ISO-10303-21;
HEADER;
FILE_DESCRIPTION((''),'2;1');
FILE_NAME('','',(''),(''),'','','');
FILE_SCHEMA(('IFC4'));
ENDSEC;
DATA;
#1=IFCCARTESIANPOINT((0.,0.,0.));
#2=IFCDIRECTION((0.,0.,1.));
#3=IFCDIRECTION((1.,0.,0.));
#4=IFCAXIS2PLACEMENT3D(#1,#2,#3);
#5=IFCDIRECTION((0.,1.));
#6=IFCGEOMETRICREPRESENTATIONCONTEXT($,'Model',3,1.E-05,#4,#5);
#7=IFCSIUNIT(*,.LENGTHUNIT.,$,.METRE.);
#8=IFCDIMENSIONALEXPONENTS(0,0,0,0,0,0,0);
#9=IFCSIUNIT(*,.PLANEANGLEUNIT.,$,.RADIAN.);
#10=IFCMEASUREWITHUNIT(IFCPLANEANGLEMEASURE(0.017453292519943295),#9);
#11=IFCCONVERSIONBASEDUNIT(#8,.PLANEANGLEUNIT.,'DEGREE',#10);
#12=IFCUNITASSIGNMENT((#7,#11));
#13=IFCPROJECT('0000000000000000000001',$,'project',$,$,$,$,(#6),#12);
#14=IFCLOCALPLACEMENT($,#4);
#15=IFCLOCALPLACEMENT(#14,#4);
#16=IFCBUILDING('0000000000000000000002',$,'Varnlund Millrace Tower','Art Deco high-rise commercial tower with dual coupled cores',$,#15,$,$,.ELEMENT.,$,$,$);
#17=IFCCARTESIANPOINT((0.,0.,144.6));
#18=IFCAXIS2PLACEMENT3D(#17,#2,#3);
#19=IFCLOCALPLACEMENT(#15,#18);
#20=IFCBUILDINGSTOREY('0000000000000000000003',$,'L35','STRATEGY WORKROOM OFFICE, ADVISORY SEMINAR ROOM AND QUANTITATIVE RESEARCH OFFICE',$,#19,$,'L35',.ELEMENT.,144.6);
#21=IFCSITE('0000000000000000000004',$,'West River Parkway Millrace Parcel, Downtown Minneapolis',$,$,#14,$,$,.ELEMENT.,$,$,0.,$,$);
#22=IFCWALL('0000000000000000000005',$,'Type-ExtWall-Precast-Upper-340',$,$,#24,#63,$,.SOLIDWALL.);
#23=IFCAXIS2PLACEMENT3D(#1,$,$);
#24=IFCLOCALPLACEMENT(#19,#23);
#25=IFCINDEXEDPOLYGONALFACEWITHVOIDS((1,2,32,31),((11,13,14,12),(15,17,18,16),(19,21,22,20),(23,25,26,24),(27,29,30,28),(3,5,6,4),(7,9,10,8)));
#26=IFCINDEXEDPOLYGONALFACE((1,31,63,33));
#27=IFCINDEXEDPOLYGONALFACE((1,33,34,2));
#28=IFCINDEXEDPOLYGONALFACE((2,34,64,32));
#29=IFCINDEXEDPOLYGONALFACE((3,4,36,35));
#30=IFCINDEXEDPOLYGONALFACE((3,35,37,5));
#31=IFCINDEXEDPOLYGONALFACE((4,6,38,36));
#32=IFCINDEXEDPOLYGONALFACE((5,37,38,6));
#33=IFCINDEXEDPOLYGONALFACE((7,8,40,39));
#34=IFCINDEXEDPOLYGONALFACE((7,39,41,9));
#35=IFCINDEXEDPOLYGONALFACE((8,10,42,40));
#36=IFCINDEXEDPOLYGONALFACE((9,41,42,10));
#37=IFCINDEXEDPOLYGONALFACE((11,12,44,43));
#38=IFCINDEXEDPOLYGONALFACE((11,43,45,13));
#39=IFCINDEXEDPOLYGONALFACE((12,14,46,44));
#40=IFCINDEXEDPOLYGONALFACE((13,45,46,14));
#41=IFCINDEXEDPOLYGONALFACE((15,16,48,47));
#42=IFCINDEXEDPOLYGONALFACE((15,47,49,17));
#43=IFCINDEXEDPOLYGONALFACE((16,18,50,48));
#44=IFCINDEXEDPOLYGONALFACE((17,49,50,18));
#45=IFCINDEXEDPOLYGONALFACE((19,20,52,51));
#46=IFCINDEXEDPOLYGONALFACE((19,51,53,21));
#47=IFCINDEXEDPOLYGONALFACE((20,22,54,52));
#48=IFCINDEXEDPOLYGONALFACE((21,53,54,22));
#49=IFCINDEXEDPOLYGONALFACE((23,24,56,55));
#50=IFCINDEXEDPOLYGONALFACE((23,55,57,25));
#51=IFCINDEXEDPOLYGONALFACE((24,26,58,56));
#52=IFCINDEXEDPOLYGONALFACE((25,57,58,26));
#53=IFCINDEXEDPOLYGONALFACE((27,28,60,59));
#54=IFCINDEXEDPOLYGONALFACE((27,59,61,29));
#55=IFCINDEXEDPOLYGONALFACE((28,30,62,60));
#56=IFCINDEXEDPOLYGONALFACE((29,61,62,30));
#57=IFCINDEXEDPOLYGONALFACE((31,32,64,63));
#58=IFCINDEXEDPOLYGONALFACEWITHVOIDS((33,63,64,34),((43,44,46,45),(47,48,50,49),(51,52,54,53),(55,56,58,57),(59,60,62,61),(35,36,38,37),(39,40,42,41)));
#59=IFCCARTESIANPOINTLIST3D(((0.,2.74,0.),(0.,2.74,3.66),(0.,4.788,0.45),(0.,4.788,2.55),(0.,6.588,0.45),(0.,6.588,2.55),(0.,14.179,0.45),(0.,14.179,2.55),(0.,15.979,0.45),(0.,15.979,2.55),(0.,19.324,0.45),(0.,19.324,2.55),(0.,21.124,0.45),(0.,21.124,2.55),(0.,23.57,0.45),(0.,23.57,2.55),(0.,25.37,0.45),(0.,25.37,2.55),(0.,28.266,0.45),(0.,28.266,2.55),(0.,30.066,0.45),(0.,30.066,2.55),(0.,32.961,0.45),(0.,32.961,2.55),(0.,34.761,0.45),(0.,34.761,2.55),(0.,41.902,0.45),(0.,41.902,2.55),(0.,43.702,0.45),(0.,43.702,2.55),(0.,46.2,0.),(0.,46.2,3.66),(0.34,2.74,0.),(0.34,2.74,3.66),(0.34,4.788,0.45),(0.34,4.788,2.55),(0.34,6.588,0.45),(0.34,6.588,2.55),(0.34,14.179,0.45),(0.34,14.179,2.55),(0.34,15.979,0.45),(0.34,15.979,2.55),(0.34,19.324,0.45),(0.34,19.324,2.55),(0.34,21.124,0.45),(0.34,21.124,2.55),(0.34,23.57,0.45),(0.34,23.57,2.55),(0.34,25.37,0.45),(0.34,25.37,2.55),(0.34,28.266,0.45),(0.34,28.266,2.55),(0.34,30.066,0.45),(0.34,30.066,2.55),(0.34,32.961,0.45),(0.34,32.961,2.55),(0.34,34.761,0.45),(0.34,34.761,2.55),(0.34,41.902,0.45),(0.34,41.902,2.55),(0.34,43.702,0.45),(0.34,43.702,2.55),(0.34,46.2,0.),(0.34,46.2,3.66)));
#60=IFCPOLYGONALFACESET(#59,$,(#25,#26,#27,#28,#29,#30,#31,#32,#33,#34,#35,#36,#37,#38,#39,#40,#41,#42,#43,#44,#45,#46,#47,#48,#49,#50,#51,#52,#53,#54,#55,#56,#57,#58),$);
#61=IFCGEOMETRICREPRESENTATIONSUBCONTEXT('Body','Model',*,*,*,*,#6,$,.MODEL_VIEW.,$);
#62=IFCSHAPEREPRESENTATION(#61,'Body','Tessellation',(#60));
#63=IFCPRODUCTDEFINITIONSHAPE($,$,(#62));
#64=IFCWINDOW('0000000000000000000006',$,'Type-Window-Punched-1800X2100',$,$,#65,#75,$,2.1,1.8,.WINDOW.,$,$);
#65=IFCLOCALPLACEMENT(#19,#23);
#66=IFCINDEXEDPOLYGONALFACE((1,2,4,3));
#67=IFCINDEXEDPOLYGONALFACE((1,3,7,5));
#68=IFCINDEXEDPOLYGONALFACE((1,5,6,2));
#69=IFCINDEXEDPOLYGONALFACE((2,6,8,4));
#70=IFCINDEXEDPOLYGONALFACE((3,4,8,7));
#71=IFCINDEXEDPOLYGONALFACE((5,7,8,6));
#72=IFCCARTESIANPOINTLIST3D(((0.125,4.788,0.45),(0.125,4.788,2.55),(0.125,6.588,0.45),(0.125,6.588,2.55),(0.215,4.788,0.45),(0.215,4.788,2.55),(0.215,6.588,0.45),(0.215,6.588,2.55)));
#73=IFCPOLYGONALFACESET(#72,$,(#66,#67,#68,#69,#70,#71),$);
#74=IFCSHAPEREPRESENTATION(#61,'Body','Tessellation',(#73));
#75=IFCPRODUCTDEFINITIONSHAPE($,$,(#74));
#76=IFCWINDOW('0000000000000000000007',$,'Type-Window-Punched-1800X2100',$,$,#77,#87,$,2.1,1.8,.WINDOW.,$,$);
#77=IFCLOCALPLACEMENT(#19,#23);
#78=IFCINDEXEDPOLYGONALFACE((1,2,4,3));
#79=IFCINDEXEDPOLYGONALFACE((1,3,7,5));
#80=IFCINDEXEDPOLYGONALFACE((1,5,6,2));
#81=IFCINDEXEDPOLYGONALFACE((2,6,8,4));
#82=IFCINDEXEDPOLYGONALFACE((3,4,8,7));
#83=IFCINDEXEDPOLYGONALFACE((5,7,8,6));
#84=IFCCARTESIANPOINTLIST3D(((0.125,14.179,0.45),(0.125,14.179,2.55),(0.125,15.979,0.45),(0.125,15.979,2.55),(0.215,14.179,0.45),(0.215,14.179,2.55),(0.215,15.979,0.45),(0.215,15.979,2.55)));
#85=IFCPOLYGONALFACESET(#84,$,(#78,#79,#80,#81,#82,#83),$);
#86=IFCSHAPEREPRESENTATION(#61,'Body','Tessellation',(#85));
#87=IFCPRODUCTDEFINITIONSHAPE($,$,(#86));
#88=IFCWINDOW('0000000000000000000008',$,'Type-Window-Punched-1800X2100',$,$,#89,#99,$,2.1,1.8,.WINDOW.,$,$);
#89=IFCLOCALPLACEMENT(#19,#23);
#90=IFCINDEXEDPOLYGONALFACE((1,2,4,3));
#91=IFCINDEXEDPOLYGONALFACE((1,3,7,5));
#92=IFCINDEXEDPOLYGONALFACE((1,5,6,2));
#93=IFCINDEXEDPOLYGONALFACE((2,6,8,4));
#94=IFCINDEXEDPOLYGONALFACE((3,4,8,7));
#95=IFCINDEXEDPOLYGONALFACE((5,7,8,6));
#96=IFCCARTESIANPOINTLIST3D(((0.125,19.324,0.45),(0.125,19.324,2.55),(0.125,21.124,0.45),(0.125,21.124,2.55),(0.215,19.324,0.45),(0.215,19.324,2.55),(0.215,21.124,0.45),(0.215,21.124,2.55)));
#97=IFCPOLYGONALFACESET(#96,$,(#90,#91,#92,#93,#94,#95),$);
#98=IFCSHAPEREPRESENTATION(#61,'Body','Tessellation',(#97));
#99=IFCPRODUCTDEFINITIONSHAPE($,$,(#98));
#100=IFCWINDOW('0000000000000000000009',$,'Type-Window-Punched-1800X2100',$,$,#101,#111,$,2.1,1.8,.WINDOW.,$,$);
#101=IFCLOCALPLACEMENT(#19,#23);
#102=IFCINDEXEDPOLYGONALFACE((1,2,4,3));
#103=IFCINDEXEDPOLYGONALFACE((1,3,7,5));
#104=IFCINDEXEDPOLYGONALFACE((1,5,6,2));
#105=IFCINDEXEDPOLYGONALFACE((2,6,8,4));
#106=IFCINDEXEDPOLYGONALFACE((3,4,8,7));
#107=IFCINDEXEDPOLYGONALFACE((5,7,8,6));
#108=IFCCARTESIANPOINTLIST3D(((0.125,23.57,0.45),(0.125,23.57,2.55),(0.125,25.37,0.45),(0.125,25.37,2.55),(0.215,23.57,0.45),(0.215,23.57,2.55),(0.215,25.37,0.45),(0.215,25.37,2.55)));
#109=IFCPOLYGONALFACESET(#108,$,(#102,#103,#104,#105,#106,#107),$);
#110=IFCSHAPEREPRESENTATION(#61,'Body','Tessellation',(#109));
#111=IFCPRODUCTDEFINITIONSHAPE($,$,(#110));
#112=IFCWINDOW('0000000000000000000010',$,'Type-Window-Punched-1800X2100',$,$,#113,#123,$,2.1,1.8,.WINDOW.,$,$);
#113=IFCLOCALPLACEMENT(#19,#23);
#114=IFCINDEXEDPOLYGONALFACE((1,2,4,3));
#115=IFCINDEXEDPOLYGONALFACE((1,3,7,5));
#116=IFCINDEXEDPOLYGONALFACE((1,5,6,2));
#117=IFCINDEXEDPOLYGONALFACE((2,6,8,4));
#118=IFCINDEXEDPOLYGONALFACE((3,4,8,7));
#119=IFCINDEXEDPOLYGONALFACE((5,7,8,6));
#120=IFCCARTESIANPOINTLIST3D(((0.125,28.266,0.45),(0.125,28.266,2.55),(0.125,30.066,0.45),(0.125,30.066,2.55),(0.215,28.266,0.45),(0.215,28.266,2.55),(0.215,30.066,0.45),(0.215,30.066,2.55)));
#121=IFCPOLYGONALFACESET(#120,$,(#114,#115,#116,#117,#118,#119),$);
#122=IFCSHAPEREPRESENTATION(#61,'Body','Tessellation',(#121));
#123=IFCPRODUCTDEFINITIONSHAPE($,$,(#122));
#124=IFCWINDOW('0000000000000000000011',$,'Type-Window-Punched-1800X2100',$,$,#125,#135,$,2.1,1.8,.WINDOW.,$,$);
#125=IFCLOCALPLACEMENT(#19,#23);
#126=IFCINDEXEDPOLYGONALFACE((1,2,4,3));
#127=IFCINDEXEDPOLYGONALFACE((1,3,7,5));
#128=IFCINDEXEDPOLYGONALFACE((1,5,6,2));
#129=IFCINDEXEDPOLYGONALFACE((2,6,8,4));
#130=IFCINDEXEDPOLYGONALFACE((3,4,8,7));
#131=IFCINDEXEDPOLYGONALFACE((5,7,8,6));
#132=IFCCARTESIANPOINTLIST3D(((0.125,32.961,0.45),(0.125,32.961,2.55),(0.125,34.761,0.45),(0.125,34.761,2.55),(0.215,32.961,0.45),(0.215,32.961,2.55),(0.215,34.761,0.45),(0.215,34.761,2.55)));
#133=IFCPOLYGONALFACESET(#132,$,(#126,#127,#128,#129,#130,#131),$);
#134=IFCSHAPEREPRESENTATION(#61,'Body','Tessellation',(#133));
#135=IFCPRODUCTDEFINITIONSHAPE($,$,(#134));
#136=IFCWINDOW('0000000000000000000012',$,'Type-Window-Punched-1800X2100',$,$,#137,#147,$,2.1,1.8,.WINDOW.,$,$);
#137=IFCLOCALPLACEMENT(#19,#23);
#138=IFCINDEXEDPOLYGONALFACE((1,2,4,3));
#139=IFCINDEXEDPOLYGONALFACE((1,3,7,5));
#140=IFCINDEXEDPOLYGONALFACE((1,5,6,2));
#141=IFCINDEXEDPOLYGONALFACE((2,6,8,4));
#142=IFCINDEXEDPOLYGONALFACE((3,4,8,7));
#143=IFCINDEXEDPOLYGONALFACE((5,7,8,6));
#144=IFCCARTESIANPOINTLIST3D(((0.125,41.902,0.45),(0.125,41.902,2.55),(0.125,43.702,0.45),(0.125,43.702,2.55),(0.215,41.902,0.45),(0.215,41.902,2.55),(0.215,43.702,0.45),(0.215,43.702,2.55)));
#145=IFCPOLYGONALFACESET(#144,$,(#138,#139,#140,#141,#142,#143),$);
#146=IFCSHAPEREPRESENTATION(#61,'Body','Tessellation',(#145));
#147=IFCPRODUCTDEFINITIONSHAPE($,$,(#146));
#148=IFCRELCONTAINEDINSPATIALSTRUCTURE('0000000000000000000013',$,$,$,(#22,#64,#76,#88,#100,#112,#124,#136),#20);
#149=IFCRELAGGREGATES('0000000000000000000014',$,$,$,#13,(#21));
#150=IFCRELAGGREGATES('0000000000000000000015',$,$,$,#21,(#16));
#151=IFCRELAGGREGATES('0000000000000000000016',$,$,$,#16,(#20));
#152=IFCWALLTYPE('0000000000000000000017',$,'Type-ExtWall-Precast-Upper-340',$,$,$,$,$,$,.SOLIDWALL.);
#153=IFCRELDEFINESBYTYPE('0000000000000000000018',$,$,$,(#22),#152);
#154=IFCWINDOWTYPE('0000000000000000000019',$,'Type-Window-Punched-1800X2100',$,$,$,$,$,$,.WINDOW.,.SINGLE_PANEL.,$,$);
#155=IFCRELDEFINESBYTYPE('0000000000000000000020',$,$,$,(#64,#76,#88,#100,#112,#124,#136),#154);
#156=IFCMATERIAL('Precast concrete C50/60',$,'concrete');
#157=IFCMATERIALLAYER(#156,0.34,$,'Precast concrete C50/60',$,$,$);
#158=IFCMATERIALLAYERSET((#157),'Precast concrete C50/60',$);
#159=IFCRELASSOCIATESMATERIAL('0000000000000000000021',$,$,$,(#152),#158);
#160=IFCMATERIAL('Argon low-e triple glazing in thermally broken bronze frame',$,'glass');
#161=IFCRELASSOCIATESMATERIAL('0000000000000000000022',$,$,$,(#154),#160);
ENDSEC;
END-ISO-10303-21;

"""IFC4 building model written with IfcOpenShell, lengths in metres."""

from ifc_helpers import new_model, entity, si_unit, converted_unit, direction, frame, origin_with_axes, origin_2d_with_axis, place, context, subcontext, project, spatial, polyline, rectangle, outline, extrude, material, layer, layer_set, type_object, element, fill, save


model = new_model("IFC4")

# Units and contexts
model_context = context("Model", 3, precision=1e-05, world=origin_with_axes(), true_north=direction((0.0, 1.0)))
body_context = subcontext(model_context, "Body", "Model", "MODEL_VIEW")
ifc_project = project(units=[si_unit("LENGTHUNIT", "METRE"), converted_unit("PLANEANGLEUNIT", "DEGREE", entity("IfcPlaneAngleMeasure", 0.017453292519943295), si_unit("PLANEANGLEUNIT", "RADIAN"), dimensions=[0, 0, 0, 0, 0, 0, 0])], contexts=[model_context])

# Site, building, storey
site_placement = place(None, origin_with_axes())
site = spatial("IfcSite", under=ifc_project, at=site_placement, Name="West River Parkway Millrace Parcel, Downtown Minneapolis", CompositionType="ELEMENT", RefElevation=0.0)
building_placement = place(site_placement, origin_with_axes())
building = spatial("IfcBuilding", under=site, at=building_placement, Name="Varnlund Millrace Tower", Description="Art Deco high-rise commercial tower with dual coupled cores", CompositionType="ELEMENT")
storey_placement = place(building_placement, frame((0.0, 0.0, 144.6), z_axis=(0.0, 0.0, 1.0), x_axis=(1.0, 0.0, 0.0)))
storey = spatial("IfcBuildingStorey", under=building, at=storey_placement, Name="L35", Description="STRATEGY WORKROOM OFFICE, ADVISORY SEMINAR ROOM AND QUANTITATIVE RESEARCH OFFICE", LongName="L35", CompositionType="ELEMENT", Elevation=144.6)

# Shared definitions
ifc_material_1 = material(Name="Precast concrete C50/60", Category="concrete")
ifc_layer_1 = layer(ifc_material_1, 0.34, Name="Precast concrete C50/60")
ifc_layer_set_1 = layer_set([ifc_layer_1], Name="Precast concrete C50/60")
wall_type = type_object("IfcWallType", Name="Type-ExtWall-Precast-Upper-340", PredefinedType="SOLIDWALL", material=ifc_layer_set_1)

# Wall, openings, windows
wall_1_placement = place(storey_placement, frame((0.17, 2.74, 0.0), z_axis=(0.0, 0.0, 1.0), x_axis=(0.0, 1.0, 0.0)))
wall_1 = element("IfcWall", 1, at=wall_1_placement, inside=storey, type_object=wall_type, Name="Type-ExtWall-Precast-Upper-340", PredefinedType="SOLIDWALL", context=body_context, shape_type="SweptSolid", body=[
    extrude(outline(polyline([(0.0, -0.17), (43.46, -0.17), (43.46, 0.17), (0.0, 0.17), (0.0, -0.17)])), origin_with_axes(), (0.0, 0.0, 1.0), 3.66),
])
opening_1_placement = place(wall_1_placement, frame((2.948, 0.0, 0.45), z_axis=(0.0, 0.0, 1.0), x_axis=(1.0, 0.0, 0.0)))
opening_1 = element("IfcOpeningElement", 2, at=opening_1_placement, cuts=wall_1, PredefinedType="OPENING", context=body_context, shape_type="SweptSolid", body=[
    extrude(rectangle(XDim=1.8, YDim=0.36, at=origin_2d_with_axis()), origin_with_axes(), (0.0, 0.0, 1.0), 2.1),
])
opening_2_placement = place(wall_1_placement, frame((12.339, 0.0, 0.45), z_axis=(0.0, 0.0, 1.0), x_axis=(1.0, 0.0, 0.0)))
opening_2 = element("IfcOpeningElement", 3, at=opening_2_placement, cuts=wall_1, PredefinedType="OPENING", context=body_context, shape_type="SweptSolid", body=[
    extrude(rectangle(XDim=1.8, YDim=0.36, at=origin_2d_with_axis()), origin_with_axes(), (0.0, 0.0, 1.0), 2.1),
])
opening_3_placement = place(wall_1_placement, frame((17.484, 0.0, 0.45), z_axis=(0.0, 0.0, 1.0), x_axis=(1.0, 0.0, 0.0)))
opening_3 = element("IfcOpeningElement", 4, at=opening_3_placement, cuts=wall_1, PredefinedType="OPENING", context=body_context, shape_type="SweptSolid", body=[
    extrude(rectangle(XDim=1.8, YDim=0.36, at=origin_2d_with_axis()), origin_with_axes(), (0.0, 0.0, 1.0), 2.1),
])
opening_4_placement = place(wall_1_placement, frame((21.73, 0.0, 0.45), z_axis=(0.0, 0.0, 1.0), x_axis=(1.0, 0.0, 0.0)))
opening_4 = element("IfcOpeningElement", 5, at=opening_4_placement, cuts=wall_1, PredefinedType="OPENING", context=body_context, shape_type="SweptSolid", body=[
    extrude(rectangle(XDim=1.8, YDim=0.36, at=origin_2d_with_axis()), origin_with_axes(), (0.0, 0.0, 1.0), 2.1),
])
opening_5_placement = place(wall_1_placement, frame((26.426, 0.0, 0.45), z_axis=(0.0, 0.0, 1.0), x_axis=(1.0, 0.0, 0.0)))
opening_5 = element("IfcOpeningElement", 6, at=opening_5_placement, cuts=wall_1, PredefinedType="OPENING", context=body_context, shape_type="SweptSolid", body=[
    extrude(rectangle(XDim=1.8, YDim=0.36, at=origin_2d_with_axis()), origin_with_axes(), (0.0, 0.0, 1.0), 2.1),
])
opening_6_placement = place(wall_1_placement, frame((31.121, 0.0, 0.45), z_axis=(0.0, 0.0, 1.0), x_axis=(1.0, 0.0, 0.0)))
opening_6 = element("IfcOpeningElement", 7, at=opening_6_placement, cuts=wall_1, PredefinedType="OPENING", context=body_context, shape_type="SweptSolid", body=[
    extrude(rectangle(XDim=1.8, YDim=0.36, at=origin_2d_with_axis()), origin_with_axes(), (0.0, 0.0, 1.0), 2.1),
])
opening_7_placement = place(wall_1_placement, frame((40.062, 0.0, 0.45), z_axis=(0.0, 0.0, 1.0), x_axis=(1.0, 0.0, 0.0)))
opening_7 = element("IfcOpeningElement", 8, at=opening_7_placement, cuts=wall_1, PredefinedType="OPENING", context=body_context, shape_type="SweptSolid", body=[
    extrude(rectangle(XDim=1.8, YDim=0.36, at=origin_2d_with_axis()), origin_with_axes(), (0.0, 0.0, 1.0), 2.1),
])
ifc_material_2 = material(Name="Argon low-e triple glazing in thermally broken bronze frame", Category="glass")
window_type = type_object("IfcWindowType", Name="Type-Window-Punched-1800X2100", PartitioningType="SINGLE_PANEL", PredefinedType="WINDOW", material=ifc_material_2)
window_1_placement = place(wall_1_placement, frame((2.948, 0.0, 0.45), z_axis=(0.0, 0.0, 1.0), x_axis=(1.0, 0.0, 0.0)))
window_1 = element("IfcWindow", 9, at=window_1_placement, inside=storey, type_object=window_type, Name="Type-Window-Punched-1800X2100", OverallHeight=2.1, OverallWidth=1.8, PredefinedType="WINDOW", context=body_context, shape_type="SweptSolid", body=[
    extrude(rectangle(XDim=1.8, YDim=0.09, at=origin_2d_with_axis()), origin_with_axes(), (0.0, 0.0, 1.0), 2.1),
])
fill(opening_1, window_1)
window_2_placement = place(wall_1_placement, frame((12.339, 0.0, 0.45), z_axis=(0.0, 0.0, 1.0), x_axis=(1.0, 0.0, 0.0)))
window_2 = element("IfcWindow", 10, at=window_2_placement, inside=storey, type_object=window_type, Name="Type-Window-Punched-1800X2100", OverallHeight=2.1, OverallWidth=1.8, PredefinedType="WINDOW", context=body_context, shape_type="SweptSolid", body=[
    extrude(rectangle(XDim=1.8, YDim=0.09, at=origin_2d_with_axis()), origin_with_axes(), (0.0, 0.0, 1.0), 2.1),
])
fill(opening_2, window_2)
window_3_placement = place(wall_1_placement, frame((17.484, 0.0, 0.45), z_axis=(0.0, 0.0, 1.0), x_axis=(1.0, 0.0, 0.0)))
window_3 = element("IfcWindow", 11, at=window_3_placement, inside=storey, type_object=window_type, Name="Type-Window-Punched-1800X2100", OverallHeight=2.1, OverallWidth=1.8, PredefinedType="WINDOW", context=body_context, shape_type="SweptSolid", body=[
    extrude(rectangle(XDim=1.8, YDim=0.09, at=origin_2d_with_axis()), origin_with_axes(), (0.0, 0.0, 1.0), 2.1),
])
fill(opening_3, window_3)
window_4_placement = place(wall_1_placement, frame((21.73, 0.0, 0.45), z_axis=(0.0, 0.0, 1.0), x_axis=(1.0, 0.0, 0.0)))
window_4 = element("IfcWindow", 12, at=window_4_placement, inside=storey, type_object=window_type, Name="Type-Window-Punched-1800X2100", OverallHeight=2.1, OverallWidth=1.8, PredefinedType="WINDOW", context=body_context, shape_type="SweptSolid", body=[
    extrude(rectangle(XDim=1.8, YDim=0.09, at=origin_2d_with_axis()), origin_with_axes(), (0.0, 0.0, 1.0), 2.1),
])
fill(opening_4, window_4)
window_5_placement = place(wall_1_placement, frame((26.426, 0.0, 0.45), z_axis=(0.0, 0.0, 1.0), x_axis=(1.0, 0.0, 0.0)))
window_5 = element("IfcWindow", 13, at=window_5_placement, inside=storey, type_object=window_type, Name="Type-Window-Punched-1800X2100", OverallHeight=2.1, OverallWidth=1.8, PredefinedType="WINDOW", context=body_context, shape_type="SweptSolid", body=[
    extrude(rectangle(XDim=1.8, YDim=0.09, at=origin_2d_with_axis()), origin_with_axes(), (0.0, 0.0, 1.0), 2.1),
])
fill(opening_5, window_5)
window_6_placement = place(wall_1_placement, frame((31.121, 0.0, 0.45), z_axis=(0.0, 0.0, 1.0), x_axis=(1.0, 0.0, 0.0)))
window_6 = element("IfcWindow", 14, at=window_6_placement, inside=storey, type_object=window_type, Name="Type-Window-Punched-1800X2100", OverallHeight=2.1, OverallWidth=1.8, PredefinedType="WINDOW", context=body_context, shape_type="SweptSolid", body=[
    extrude(rectangle(XDim=1.8, YDim=0.09, at=origin_2d_with_axis()), origin_with_axes(), (0.0, 0.0, 1.0), 2.1),
])
fill(opening_6, window_6)
window_7_placement = place(wall_1_placement, frame((40.062, 0.0, 0.45), z_axis=(0.0, 0.0, 1.0), x_axis=(1.0, 0.0, 0.0)))
window_7 = element("IfcWindow", 15, at=window_7_placement, inside=storey, type_object=window_type, Name="Type-Window-Punched-1800X2100", OverallHeight=2.1, OverallWidth=1.8, PredefinedType="WINDOW", context=body_context, shape_type="SweptSolid", body=[
    extrude(rectangle(XDim=1.8, YDim=0.09, at=origin_2d_with_axis()), origin_with_axes(), (0.0, 0.0, 1.0), 2.1),
])
fill(opening_7, window_7)

save(model, "model.ifc")
